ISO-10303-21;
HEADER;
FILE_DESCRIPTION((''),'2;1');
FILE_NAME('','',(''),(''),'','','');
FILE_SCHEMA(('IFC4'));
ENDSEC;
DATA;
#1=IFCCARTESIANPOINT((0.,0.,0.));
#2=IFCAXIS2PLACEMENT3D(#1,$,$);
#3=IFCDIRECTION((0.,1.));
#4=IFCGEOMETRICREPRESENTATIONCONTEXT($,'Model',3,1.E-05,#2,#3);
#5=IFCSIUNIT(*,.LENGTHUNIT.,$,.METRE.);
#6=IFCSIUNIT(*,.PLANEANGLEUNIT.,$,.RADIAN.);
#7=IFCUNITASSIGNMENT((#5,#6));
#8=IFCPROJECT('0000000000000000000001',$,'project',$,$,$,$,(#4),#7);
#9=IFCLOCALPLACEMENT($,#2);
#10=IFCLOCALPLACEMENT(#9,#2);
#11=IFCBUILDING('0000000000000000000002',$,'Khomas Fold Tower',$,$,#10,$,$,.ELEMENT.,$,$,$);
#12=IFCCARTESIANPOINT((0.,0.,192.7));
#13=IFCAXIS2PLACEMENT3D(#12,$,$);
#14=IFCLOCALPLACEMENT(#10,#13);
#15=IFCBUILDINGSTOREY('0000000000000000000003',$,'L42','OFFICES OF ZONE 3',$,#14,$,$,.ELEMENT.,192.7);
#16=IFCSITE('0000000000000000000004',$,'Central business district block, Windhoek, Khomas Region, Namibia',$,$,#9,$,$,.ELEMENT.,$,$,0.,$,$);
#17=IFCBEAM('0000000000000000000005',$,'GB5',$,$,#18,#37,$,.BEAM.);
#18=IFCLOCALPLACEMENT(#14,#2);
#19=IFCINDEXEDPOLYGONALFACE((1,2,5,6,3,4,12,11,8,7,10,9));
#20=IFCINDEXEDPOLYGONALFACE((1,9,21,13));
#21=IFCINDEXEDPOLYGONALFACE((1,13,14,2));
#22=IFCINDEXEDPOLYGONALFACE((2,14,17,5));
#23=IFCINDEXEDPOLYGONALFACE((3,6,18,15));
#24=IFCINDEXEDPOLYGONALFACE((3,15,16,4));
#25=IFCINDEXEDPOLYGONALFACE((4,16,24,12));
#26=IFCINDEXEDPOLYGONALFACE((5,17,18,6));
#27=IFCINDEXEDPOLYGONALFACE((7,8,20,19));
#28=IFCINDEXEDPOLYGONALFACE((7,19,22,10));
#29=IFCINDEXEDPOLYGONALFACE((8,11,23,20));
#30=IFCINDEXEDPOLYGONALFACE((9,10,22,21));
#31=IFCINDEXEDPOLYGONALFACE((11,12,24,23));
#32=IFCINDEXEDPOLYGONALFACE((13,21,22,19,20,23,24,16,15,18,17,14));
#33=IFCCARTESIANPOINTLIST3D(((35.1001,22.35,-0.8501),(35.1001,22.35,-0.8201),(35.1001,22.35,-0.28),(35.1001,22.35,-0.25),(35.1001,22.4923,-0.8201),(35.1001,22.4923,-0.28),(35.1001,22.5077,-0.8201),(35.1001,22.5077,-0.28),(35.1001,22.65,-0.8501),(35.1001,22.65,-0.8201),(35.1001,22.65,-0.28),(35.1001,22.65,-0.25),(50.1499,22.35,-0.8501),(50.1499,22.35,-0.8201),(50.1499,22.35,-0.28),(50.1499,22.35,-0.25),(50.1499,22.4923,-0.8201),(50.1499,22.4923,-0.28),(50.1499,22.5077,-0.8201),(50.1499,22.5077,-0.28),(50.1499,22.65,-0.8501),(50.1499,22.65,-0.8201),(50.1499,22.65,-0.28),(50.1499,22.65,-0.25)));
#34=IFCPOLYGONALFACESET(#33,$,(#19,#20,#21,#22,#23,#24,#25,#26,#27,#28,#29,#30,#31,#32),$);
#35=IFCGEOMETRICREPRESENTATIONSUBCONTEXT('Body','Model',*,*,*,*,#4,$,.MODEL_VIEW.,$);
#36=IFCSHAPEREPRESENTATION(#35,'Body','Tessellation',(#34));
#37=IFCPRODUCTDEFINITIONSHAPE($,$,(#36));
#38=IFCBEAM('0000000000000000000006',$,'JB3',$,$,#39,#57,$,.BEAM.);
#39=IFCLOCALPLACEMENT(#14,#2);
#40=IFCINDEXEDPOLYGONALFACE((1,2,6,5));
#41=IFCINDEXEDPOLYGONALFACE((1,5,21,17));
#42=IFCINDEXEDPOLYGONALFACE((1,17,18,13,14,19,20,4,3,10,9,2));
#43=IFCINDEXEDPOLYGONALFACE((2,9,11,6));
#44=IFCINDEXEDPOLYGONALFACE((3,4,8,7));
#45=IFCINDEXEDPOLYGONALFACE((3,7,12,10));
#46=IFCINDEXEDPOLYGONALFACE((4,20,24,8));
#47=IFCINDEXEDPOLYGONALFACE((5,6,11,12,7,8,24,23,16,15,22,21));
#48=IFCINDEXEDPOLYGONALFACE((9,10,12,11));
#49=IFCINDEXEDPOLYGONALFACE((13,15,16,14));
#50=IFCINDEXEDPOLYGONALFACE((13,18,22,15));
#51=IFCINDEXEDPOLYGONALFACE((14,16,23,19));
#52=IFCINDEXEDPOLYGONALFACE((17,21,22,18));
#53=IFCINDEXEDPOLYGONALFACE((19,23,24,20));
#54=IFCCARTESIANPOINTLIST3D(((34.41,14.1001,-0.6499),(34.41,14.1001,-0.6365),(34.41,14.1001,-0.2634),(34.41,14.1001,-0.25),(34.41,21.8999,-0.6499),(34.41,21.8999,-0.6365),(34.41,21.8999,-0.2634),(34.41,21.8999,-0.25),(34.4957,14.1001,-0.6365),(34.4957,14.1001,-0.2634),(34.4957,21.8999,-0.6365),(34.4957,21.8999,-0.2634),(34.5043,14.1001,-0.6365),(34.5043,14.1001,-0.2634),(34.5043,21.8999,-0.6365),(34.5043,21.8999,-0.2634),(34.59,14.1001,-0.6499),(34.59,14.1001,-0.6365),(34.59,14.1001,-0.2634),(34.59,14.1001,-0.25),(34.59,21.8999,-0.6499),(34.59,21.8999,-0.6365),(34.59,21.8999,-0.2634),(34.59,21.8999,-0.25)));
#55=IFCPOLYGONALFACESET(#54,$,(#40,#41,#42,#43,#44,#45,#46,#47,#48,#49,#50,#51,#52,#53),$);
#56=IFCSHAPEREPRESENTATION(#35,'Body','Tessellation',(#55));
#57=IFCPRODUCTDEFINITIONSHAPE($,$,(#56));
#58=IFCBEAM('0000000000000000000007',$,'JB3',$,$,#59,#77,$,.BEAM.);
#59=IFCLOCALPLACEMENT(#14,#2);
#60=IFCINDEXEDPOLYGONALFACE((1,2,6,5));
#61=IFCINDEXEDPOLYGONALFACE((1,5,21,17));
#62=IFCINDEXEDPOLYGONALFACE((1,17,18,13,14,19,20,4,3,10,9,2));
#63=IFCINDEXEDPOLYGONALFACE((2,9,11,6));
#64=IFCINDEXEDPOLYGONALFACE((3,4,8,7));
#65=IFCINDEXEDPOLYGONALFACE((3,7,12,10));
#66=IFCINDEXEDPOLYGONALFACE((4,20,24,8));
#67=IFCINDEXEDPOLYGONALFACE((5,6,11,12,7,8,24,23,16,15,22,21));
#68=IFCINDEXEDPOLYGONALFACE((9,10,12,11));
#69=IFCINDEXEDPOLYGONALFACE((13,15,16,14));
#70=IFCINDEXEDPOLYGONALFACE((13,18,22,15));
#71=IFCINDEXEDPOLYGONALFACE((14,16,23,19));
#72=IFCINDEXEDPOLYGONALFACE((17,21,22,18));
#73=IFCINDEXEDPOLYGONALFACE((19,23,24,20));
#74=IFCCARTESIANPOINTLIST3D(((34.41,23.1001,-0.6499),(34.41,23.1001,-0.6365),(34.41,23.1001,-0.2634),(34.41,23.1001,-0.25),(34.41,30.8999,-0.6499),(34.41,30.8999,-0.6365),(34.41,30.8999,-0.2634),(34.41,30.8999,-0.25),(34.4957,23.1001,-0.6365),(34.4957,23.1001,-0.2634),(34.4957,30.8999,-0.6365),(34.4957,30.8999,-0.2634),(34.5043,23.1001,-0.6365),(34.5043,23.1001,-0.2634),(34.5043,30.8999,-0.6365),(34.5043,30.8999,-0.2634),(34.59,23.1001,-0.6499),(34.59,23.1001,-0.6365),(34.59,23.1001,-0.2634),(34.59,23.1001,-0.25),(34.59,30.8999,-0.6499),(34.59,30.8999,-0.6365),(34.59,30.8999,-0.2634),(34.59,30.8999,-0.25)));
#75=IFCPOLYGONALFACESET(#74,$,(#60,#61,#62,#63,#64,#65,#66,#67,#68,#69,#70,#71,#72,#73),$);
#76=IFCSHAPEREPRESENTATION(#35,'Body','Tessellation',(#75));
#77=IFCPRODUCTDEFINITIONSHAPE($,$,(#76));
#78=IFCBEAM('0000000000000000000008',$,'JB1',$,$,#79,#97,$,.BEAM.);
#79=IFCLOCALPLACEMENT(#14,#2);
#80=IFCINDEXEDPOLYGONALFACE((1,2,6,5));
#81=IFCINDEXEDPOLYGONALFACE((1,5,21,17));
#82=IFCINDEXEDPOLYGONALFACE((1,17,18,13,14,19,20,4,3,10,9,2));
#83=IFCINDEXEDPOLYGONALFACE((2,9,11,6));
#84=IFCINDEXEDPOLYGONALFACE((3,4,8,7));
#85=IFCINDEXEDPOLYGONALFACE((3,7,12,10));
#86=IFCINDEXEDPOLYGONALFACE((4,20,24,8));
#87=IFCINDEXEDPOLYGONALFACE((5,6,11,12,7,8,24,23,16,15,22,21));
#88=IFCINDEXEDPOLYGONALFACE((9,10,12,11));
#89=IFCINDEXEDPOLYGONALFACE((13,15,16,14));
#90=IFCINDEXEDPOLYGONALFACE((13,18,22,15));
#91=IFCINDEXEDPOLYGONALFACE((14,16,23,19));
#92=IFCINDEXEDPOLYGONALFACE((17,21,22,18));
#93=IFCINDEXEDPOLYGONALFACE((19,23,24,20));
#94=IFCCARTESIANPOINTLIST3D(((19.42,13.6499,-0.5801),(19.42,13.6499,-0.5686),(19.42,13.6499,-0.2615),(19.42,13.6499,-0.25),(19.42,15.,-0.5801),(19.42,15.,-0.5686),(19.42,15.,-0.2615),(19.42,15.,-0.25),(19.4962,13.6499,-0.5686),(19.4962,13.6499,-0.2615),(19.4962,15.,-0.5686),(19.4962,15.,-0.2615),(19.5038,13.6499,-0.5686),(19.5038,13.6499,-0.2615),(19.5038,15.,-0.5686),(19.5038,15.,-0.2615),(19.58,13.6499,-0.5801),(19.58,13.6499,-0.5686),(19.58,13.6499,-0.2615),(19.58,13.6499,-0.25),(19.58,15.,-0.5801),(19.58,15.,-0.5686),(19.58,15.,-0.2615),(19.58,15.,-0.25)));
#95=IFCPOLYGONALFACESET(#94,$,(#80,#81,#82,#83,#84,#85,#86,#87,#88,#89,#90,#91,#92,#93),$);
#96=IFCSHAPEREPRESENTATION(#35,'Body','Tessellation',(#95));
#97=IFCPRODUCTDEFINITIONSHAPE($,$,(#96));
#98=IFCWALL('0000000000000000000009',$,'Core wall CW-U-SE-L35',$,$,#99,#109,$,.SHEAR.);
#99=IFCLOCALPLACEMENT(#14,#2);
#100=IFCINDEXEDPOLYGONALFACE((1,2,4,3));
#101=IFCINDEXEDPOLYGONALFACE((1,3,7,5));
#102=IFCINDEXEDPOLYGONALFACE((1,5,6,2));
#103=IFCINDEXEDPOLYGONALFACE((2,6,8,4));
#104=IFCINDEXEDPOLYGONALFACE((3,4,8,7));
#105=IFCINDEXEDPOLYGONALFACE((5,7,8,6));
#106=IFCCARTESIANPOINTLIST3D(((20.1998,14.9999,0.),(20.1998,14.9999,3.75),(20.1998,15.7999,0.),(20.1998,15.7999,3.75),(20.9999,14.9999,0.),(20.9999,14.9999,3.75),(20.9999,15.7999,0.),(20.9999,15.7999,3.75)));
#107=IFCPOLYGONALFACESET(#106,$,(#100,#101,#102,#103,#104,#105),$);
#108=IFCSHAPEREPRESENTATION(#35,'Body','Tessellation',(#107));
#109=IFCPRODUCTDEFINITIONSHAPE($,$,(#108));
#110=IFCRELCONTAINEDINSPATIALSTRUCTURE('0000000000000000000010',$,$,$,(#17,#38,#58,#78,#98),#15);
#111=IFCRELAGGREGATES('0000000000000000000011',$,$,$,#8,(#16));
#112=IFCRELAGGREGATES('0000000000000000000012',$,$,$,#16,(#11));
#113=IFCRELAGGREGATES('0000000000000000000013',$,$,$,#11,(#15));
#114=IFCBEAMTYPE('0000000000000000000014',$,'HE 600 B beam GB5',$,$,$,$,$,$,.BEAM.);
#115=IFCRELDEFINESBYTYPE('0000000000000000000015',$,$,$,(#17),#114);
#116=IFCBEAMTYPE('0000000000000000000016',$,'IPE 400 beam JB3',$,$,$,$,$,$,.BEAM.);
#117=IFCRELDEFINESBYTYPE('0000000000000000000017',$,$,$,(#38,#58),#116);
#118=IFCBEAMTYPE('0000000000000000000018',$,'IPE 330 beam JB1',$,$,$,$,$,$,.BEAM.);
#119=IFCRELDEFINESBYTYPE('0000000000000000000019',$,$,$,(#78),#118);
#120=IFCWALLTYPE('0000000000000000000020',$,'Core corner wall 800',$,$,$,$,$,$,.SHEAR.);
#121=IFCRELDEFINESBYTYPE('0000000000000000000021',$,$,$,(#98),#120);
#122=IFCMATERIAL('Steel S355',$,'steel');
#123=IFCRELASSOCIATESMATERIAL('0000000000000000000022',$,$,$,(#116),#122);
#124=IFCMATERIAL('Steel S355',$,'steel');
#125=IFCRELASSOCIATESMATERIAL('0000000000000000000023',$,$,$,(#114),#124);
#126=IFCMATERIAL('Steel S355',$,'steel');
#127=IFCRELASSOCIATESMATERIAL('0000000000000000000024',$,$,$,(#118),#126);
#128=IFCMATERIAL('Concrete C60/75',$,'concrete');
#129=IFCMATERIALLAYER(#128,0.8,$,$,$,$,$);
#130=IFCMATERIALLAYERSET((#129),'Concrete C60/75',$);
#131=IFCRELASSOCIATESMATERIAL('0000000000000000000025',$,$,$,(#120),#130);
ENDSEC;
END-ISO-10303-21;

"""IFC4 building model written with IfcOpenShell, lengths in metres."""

from ifc_helpers import new_model, si_unit, direction, frame, frame_2d, origin, origin_2d, place, context, subcontext, project, spatial, rectangle, i_section, extrude, source, transform, mapped, material, layer, layer_set, material_profile, profile_set, type_object, element, save


model = new_model("IFC4")

# Units and contexts
model_context = context("Model", 3, precision=1e-05, world=origin(), true_north=direction((0.0, 1.0)))
body_context = subcontext(model_context, "Body", "Model", "MODEL_VIEW")
ifc_project = project(units=[si_unit("LENGTHUNIT", "METRE"), si_unit("PLANEANGLEUNIT", "RADIAN")], contexts=[model_context])

# Site, building, storey
site_placement = place(None, origin())
site = spatial("IfcSite", under=ifc_project, at=site_placement, Name="Central business district block, Windhoek, Khomas Region, Namibia", CompositionType="ELEMENT", RefElevation=0.0)
building_placement = place(site_placement, origin())
building = spatial("IfcBuilding", under=site, at=building_placement, Name="Khomas Fold Tower", CompositionType="ELEMENT")
storey_placement = place(building_placement, frame((0.0, 0.0, 192.7)))
storey = spatial("IfcBuildingStorey", under=building, at=storey_placement, Name="L42", Description="OFFICES OF ZONE 3", CompositionType="ELEMENT", Elevation=192.7)

# Beams
ifc_material_1 = material(Name="Steel S355", Category="steel")
ifc_material_profile_1 = material_profile(ifc_material_1, i_section(OverallWidth=0.1799, OverallDepth=0.3999, WebThickness=0.0085, FlangeThickness=0.0134, at=origin_2d()), Name="IPE 400")
ifc_profile_set_1 = profile_set([ifc_material_profile_1], Name="Steel S355")
beam_type_1 = type_object("IfcBeamType", Name="IPE 400 beam JB3", PredefinedType="BEAM", material=ifc_profile_set_1)
ifc_material_2 = material(Name="Steel S355", Category="steel")
ifc_material_profile_2 = material_profile(ifc_material_2, i_section(OverallWidth=0.3, OverallDepth=0.6001, WebThickness=0.0154, FlangeThickness=0.03, at=origin_2d()), Name="HE 600 B")
ifc_profile_set_2 = profile_set([ifc_material_profile_2], Name="Steel S355")
beam_type_2 = type_object("IfcBeamType", Name="HE 600 B beam GB5", PredefinedType="BEAM", material=ifc_profile_set_2)
shared_shape_1 = source(origin(), body_context, "Body", "SweptSolid", [
    extrude(i_section(OverallWidth=0.3, OverallDepth=0.6001, WebThickness=0.0154, FlangeThickness=0.03, at=origin_2d()), origin(), (0.0, 0.0, 1.0), 15.0498),
])
for number, where, z_axis, x_axis, name in (
    (1, (35.1001, 22.5, -0.55), (1.0, 0.0, 0.0), (0.0, 1.0, 0.0), "GB5"),
):
    element("IfcBeam", number, at=place(storey_placement, frame(where, z_axis=z_axis, x_axis=x_axis)), inside=storey, type_object=beam_type_2, Name=name, PredefinedType="BEAM", context=body_context, shape_type="MappedRepresentation", body=[
        mapped(shared_shape_1, transform((0.0, 0.0, 0.0))),
    ])
shared_shape_2 = source(origin(), body_context, "Body", "SweptSolid", [
    extrude(i_section(OverallWidth=0.1799, OverallDepth=0.3999, WebThickness=0.0085, FlangeThickness=0.0134, at=origin_2d()), origin(), (0.0, 0.0, 1.0), 7.7998),
])
for number, where, z_axis, x_axis, name in (
    (2, (34.5, 14.1001, -0.45), (0.0, 1.0, 0.0), (-1.0, 0.0, 0.0), "JB3"),
    (3, (34.5, 23.1001, -0.45), (0.0, 1.0, 0.0), (-1.0, 0.0, 0.0), "JB3"),
):
    element("IfcBeam", number, at=place(storey_placement, frame(where, z_axis=z_axis, x_axis=x_axis)), inside=storey, type_object=beam_type_1, Name=name, PredefinedType="BEAM", context=body_context, shape_type="MappedRepresentation", body=[
        mapped(shared_shape_2, transform((0.0, 0.0, 0.0))),
    ])
ifc_material_3 = material(Name="Steel S355", Category="steel")
ifc_material_profile_3 = material_profile(ifc_material_3, i_section(OverallWidth=0.1599, OverallDepth=0.3301, WebThickness=0.0076, FlangeThickness=0.0115, at=origin_2d()), Name="IPE 330")
ifc_profile_set_3 = profile_set([ifc_material_profile_3], Name="Steel S355")
beam_type_3 = type_object("IfcBeamType", Name="IPE 330 beam JB1", PredefinedType="BEAM", material=ifc_profile_set_3)
shared_shape_3 = source(origin(), body_context, "Body", "SweptSolid", [
    extrude(i_section(OverallWidth=0.1599, OverallDepth=0.3301, WebThickness=0.0076, FlangeThickness=0.0115, at=origin_2d()), origin(), (0.0, 0.0, 1.0), 1.3501),
])
beam_placement = place(storey_placement, frame((19.5, 13.6499, -0.415), z_axis=(0.0, 1.0, 0.0), x_axis=(-1.0, 0.0, 0.0)))
element("IfcBeam", 4, at=beam_placement, inside=storey, type_object=beam_type_3, Name="JB1", PredefinedType="BEAM", context=body_context, shape_type="MappedRepresentation", body=[
    mapped(shared_shape_3, transform((0.0, 0.0, 0.0))),
])

# Wall
ifc_material_4 = material(Name="Concrete C60/75", Category="concrete")
ifc_layer_1 = layer(ifc_material_4, 0.8)
ifc_layer_set_1 = layer_set([ifc_layer_1], Name="Concrete C60/75")
wall_type_1 = type_object("IfcWallType", Name="Core corner wall 800", PredefinedType="SHEAR", material=ifc_layer_set_1)
shared_shape_4 = source(origin(), body_context, "Body", "SweptSolid", [
    extrude(rectangle(XDim=0.8, YDim=0.8, at=frame_2d((0.3999, 0.0))), origin(), (0.0, 0.0, 1.0), 3.75),
])
wall_1_placement = place(storey_placement, frame((20.2, 15.3999, 0.0), z_axis=(0.0, 0.0, 1.0), x_axis=(1.0, 0.0, 0.0)))
element("IfcWall", 5, at=wall_1_placement, inside=storey, type_object=wall_type_1, Name="Core wall CW-U-SE-L35", PredefinedType="SHEAR", context=body_context, shape_type="MappedRepresentation", body=[
    mapped(shared_shape_4, transform((0.0, 0.0, 0.0))),
])

save(model, "model.ifc")
